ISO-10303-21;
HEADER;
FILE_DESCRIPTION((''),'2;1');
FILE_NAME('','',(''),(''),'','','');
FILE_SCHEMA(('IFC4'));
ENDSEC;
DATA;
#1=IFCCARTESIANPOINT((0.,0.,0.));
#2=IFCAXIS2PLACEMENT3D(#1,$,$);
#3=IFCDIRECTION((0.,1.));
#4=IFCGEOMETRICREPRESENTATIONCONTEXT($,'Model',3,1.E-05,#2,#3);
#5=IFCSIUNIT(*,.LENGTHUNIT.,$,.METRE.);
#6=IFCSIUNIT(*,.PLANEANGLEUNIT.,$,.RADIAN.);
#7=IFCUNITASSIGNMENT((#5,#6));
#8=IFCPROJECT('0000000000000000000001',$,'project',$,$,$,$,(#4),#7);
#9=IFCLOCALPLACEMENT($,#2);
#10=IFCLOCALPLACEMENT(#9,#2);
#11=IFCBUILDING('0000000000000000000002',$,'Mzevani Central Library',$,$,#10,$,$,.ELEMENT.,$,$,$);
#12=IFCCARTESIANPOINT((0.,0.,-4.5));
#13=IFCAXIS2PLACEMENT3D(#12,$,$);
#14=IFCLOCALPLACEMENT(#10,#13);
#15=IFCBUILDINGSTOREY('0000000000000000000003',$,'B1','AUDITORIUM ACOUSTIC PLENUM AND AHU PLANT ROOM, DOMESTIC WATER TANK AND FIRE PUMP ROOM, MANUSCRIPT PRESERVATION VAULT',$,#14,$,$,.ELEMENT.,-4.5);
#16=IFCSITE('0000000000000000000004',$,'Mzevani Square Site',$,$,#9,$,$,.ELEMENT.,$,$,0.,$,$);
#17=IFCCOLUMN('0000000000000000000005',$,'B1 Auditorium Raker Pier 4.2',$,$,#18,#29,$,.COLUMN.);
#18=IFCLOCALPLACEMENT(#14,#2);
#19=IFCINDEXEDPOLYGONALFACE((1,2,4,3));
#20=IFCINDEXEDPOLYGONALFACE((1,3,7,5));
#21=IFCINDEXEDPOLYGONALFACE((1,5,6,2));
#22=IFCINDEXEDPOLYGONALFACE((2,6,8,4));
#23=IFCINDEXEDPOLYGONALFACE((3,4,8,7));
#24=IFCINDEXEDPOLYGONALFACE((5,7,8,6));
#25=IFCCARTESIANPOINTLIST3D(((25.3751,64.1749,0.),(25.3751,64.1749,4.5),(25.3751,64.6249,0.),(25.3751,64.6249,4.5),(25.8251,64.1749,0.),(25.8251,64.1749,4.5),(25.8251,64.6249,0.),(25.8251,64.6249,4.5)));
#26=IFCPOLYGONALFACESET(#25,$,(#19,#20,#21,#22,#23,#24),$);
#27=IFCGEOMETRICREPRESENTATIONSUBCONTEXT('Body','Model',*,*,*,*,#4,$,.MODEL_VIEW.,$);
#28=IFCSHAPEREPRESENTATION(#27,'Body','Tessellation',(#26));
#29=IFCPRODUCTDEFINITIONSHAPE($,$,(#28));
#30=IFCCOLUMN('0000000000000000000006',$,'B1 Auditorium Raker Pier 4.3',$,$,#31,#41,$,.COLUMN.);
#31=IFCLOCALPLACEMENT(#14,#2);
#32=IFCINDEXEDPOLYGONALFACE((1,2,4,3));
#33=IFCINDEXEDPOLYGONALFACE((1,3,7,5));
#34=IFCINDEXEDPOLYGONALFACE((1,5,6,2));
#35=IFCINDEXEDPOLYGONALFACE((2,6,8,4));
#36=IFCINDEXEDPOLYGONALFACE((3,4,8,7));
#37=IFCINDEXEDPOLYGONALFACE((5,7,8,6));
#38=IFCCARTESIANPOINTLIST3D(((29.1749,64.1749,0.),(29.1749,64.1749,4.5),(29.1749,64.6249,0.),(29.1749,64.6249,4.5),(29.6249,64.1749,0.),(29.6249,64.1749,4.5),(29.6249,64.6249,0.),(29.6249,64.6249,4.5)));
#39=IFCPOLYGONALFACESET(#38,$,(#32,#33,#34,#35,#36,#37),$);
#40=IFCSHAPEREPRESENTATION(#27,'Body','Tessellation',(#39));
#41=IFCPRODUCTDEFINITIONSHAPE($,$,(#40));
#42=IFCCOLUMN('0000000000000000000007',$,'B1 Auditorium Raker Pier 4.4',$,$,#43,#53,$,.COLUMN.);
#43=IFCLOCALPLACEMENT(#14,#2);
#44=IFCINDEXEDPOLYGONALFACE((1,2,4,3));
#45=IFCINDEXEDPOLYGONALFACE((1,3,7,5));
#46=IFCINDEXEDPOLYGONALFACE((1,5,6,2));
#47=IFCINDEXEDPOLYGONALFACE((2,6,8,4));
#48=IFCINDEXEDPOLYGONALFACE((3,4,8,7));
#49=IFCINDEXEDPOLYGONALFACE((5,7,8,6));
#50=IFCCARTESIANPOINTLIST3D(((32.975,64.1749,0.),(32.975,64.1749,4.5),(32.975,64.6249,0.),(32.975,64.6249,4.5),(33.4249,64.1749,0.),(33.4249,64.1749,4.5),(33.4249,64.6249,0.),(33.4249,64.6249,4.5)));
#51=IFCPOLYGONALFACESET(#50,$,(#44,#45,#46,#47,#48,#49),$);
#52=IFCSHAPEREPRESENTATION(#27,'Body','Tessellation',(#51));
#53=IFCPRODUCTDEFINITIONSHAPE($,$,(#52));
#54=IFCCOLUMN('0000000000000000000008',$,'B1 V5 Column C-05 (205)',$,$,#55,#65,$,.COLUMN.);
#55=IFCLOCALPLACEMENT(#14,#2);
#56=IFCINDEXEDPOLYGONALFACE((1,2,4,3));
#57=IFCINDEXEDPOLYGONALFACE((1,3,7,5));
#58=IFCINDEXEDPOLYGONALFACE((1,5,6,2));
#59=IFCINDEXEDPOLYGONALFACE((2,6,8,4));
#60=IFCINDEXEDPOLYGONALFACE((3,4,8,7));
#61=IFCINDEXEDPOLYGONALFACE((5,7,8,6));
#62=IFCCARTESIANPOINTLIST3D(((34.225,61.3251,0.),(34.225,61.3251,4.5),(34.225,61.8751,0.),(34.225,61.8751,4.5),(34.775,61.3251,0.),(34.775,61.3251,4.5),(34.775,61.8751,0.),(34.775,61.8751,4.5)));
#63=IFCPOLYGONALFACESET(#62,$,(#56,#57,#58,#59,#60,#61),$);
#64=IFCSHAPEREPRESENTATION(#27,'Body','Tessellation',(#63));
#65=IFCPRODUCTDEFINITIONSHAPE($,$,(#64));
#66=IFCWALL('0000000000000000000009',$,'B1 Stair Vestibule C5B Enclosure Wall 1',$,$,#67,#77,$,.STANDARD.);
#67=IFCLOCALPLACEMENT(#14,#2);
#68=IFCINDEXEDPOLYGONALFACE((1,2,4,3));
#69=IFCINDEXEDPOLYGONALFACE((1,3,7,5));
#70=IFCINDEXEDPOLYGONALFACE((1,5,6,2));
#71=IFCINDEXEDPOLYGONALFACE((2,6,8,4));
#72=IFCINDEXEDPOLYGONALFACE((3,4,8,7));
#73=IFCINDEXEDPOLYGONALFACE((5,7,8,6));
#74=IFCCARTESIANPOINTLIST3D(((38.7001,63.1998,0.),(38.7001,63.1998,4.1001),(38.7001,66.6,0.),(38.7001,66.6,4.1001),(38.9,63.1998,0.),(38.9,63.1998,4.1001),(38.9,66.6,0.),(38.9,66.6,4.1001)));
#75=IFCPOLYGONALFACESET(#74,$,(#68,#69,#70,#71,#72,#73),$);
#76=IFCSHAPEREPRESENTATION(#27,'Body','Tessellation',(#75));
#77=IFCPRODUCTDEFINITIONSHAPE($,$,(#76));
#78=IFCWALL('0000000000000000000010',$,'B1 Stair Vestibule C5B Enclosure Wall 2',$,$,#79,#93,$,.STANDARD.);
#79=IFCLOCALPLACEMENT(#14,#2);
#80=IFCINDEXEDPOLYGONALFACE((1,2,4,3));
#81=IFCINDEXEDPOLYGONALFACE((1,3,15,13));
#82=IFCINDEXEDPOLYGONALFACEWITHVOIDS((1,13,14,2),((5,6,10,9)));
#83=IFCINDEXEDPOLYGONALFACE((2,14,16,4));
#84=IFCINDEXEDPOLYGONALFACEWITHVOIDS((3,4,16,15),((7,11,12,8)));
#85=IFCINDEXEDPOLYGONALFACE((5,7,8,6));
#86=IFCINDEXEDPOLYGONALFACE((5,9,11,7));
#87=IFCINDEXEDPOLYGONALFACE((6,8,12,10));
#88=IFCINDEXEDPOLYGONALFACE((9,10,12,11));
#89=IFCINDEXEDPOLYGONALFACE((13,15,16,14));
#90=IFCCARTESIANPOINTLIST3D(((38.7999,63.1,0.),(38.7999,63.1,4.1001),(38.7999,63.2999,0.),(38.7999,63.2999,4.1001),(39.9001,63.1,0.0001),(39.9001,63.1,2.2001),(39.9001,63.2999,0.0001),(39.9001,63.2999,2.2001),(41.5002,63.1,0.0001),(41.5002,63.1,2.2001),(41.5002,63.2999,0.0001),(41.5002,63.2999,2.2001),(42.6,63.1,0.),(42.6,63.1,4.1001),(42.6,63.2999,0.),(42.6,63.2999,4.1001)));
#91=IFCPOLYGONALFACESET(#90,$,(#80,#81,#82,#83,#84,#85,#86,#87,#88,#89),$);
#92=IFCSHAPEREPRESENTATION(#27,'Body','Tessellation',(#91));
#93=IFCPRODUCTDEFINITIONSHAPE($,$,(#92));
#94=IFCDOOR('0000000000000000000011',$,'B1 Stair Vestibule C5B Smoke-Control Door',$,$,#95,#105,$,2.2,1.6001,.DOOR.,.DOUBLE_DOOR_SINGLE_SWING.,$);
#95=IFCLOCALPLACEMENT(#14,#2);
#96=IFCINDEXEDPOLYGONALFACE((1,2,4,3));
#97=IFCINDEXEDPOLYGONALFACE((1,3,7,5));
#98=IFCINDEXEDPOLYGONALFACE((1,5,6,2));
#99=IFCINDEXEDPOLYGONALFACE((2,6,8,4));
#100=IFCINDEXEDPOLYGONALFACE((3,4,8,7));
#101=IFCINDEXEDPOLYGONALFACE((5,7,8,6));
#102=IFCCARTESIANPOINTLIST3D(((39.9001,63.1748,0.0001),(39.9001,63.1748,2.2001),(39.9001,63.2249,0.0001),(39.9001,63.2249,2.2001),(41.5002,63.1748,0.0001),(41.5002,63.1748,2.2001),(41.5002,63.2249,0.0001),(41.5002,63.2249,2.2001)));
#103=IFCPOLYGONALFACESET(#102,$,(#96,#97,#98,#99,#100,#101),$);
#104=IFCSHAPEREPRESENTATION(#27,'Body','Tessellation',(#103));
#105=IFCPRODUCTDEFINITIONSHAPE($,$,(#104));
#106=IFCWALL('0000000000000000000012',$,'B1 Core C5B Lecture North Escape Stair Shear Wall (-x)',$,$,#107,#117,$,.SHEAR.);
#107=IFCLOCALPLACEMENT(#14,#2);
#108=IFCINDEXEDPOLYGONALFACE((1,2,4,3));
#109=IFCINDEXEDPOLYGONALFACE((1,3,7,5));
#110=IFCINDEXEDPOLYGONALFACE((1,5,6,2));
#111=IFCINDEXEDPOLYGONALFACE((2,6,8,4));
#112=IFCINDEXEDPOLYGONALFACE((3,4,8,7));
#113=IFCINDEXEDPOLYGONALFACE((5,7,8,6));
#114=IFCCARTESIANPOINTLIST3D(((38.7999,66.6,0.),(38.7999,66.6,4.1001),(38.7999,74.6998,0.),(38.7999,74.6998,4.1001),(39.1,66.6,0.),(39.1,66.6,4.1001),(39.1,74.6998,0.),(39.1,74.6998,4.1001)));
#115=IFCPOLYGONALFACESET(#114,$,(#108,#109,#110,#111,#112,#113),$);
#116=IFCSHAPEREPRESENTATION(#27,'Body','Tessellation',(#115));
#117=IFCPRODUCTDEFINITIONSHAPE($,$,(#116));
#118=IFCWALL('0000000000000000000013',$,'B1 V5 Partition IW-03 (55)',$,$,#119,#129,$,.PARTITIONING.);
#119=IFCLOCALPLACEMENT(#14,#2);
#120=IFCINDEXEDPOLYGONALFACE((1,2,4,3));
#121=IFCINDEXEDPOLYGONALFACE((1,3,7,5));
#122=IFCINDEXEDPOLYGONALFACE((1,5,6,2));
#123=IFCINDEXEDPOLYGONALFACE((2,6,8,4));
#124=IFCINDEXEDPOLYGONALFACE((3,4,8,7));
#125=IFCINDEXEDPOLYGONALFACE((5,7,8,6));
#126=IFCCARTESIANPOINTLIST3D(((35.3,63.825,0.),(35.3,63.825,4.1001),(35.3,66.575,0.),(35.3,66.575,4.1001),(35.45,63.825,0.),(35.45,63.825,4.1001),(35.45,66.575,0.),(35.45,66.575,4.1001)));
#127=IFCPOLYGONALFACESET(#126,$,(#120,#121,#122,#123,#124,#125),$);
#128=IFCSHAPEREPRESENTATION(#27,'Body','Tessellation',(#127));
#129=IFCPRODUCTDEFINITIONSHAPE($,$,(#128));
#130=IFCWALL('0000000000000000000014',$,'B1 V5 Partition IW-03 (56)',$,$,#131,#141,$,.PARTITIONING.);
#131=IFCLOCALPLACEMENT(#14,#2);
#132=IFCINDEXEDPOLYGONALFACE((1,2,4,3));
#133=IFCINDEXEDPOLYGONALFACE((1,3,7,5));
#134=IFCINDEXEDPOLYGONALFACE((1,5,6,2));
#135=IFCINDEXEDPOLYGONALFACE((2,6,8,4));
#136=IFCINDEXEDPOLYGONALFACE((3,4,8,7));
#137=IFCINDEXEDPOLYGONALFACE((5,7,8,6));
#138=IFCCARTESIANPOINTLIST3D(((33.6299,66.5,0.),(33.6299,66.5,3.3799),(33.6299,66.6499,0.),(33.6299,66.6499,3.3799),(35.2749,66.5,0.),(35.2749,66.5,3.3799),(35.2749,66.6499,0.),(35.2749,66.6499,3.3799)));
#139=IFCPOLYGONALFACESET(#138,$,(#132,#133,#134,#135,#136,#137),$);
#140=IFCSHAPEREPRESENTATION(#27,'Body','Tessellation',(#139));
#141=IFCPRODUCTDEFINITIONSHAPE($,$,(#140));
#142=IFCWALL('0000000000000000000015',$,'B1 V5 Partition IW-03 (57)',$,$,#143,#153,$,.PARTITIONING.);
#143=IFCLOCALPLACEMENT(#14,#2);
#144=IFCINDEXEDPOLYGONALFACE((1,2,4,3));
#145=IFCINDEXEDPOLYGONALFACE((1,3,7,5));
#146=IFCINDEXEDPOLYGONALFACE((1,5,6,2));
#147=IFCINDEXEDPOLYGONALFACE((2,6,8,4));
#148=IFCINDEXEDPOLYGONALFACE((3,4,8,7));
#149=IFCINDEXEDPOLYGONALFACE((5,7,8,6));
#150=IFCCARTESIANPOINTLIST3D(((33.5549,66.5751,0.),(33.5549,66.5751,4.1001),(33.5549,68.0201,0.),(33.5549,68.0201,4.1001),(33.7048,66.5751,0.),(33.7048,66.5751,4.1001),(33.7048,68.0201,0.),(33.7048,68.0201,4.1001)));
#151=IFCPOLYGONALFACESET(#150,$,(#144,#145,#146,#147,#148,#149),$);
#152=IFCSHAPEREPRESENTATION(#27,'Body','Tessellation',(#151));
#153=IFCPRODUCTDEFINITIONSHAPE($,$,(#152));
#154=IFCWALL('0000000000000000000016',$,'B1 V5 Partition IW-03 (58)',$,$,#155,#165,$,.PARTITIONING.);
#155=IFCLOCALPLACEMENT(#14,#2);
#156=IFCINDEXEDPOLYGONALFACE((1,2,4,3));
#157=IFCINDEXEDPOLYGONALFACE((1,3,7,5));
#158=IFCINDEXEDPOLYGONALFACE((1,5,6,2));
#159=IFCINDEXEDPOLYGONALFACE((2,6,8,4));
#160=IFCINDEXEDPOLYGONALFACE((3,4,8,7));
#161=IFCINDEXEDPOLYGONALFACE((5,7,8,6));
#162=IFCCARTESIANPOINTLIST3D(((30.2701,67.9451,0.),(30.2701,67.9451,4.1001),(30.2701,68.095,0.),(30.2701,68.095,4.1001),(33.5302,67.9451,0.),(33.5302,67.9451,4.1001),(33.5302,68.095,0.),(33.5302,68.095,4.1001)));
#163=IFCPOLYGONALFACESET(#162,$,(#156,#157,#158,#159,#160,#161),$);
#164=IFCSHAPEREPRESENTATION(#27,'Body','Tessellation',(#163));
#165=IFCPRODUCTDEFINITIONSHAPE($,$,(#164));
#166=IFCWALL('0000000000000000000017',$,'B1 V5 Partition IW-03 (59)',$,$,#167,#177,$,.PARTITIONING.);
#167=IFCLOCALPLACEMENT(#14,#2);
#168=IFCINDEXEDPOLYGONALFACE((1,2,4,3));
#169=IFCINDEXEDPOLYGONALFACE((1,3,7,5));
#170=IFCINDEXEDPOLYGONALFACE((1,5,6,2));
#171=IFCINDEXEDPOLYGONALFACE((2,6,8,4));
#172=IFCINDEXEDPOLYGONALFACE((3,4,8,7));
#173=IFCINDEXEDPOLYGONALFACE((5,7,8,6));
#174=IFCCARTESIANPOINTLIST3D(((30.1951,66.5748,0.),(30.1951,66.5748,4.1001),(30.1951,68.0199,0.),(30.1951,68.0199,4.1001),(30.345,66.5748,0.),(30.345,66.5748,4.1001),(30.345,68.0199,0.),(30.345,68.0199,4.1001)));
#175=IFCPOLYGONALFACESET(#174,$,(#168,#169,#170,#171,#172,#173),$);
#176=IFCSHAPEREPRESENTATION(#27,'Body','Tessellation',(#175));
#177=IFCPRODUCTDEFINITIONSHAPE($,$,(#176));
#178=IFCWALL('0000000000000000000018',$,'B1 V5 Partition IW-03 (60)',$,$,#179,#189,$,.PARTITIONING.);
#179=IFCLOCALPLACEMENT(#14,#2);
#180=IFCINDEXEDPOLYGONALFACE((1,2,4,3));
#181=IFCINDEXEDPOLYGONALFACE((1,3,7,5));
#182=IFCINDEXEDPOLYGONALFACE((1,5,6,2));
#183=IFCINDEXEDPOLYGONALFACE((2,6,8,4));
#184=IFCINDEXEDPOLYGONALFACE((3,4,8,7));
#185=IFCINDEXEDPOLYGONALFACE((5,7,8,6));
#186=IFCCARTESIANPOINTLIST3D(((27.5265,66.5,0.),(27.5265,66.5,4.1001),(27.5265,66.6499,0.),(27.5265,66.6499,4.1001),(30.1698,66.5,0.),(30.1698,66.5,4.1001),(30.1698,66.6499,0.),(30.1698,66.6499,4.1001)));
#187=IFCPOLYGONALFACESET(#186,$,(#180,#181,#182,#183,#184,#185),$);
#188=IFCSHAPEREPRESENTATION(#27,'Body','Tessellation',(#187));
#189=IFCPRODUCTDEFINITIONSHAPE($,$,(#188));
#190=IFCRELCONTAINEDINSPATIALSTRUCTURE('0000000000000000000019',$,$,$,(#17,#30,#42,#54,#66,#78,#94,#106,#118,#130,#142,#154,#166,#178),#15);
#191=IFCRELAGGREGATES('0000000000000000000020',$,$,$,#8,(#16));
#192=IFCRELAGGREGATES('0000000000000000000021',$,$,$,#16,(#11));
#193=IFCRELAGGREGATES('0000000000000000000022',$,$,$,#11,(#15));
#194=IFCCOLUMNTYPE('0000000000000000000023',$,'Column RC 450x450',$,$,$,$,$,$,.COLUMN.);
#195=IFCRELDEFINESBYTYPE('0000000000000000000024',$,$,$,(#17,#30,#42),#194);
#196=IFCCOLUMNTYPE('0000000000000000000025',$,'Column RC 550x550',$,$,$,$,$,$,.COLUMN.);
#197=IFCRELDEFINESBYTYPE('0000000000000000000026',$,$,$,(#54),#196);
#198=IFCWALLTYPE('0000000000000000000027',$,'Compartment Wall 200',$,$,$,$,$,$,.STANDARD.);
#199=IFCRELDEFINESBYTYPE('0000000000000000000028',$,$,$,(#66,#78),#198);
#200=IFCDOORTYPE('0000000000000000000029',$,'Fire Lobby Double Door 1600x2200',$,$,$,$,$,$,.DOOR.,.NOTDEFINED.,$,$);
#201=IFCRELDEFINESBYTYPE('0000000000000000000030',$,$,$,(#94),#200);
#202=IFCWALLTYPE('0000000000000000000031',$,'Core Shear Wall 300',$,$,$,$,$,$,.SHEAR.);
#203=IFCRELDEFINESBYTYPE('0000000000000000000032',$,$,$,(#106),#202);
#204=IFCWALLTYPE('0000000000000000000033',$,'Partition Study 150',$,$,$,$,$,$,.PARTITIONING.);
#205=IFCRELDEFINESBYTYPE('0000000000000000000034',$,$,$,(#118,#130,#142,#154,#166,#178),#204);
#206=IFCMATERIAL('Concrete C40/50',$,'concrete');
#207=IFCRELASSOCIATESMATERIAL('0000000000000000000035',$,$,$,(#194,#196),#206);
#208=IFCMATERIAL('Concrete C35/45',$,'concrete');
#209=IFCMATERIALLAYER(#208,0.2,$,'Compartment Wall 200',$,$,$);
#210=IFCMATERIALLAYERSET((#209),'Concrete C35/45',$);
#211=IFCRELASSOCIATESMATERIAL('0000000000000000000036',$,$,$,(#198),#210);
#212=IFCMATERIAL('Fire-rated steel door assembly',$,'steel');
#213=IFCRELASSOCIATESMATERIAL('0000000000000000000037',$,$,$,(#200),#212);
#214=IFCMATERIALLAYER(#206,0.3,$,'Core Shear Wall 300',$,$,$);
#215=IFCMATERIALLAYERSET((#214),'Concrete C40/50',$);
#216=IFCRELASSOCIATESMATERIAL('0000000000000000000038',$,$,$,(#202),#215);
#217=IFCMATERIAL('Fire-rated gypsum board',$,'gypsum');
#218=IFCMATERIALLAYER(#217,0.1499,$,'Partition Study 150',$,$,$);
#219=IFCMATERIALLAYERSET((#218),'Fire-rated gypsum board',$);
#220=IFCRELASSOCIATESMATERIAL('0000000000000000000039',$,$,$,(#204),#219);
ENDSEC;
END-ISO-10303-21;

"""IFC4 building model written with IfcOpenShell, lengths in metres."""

from ifc_helpers import new_model, si_unit, direction, frame, frame_2d, origin, origin_2d, place, context, subcontext, project, spatial, rectangle, extrude, material, layer, layer_set, material_profile, profile_set, type_object, element, fill, save


model = new_model("IFC4")

# Units and contexts
model_context = context("Model", 3, precision=1e-05, world=origin(), true_north=direction((0.0, 1.0)))
body_context = subcontext(model_context, "Body", "Model", "MODEL_VIEW")
ifc_project = project(units=[si_unit("LENGTHUNIT", "METRE"), si_unit("PLANEANGLEUNIT", "RADIAN")], contexts=[model_context])

# Site, building, storey
site_placement = place(None, origin())
site = spatial("IfcSite", under=ifc_project, at=site_placement, Name="Mzevani Square Site", CompositionType="ELEMENT", RefElevation=0.0)
building_placement = place(site_placement, origin())
building = spatial("IfcBuilding", under=site, at=building_placement, Name="Mzevani Central Library", CompositionType="ELEMENT")
storey_placement = place(building_placement, frame((0.0, 0.0, -4.5)))
storey = spatial("IfcBuildingStorey", under=building, at=storey_placement, Name="B1", Description="AUDITORIUM ACOUSTIC PLENUM AND AHU PLANT ROOM, DOMESTIC WATER TANK AND FIRE PUMP ROOM, MANUSCRIPT PRESERVATION VAULT", CompositionType="ELEMENT", Elevation=-4.5)

# Shared definitions
ifc_material_1 = material(Name="Concrete C40/50", Category="concrete")

# Columns
ifc_material_profile_1 = material_profile(ifc_material_1, rectangle(XDim=0.45, YDim=0.45, at=origin_2d()), Name="RC 450x450")
ifc_profile_set_1 = profile_set([ifc_material_profile_1], Name="Concrete C40/50")
column_type_1 = type_object("IfcColumnType", Name="Column RC 450x450", PredefinedType="COLUMN", material=ifc_profile_set_1)
for number, where, z_axis, x_axis, name in (
    (1, (25.6001, 64.3999, 0.0), (0.0, 0.0, 1.0), (1.0, 0.0, 0.0), "B1 Auditorium Raker Pier 4.2"),
    (2, (29.3999, 64.3999, 0.0), (0.0, 0.0, 1.0), (1.0, 0.0, 0.0), "B1 Auditorium Raker Pier 4.3"),
    (3, (33.2, 64.3999, 0.0), (0.0, 0.0, 1.0), (1.0, 0.0, 0.0), "B1 Auditorium Raker Pier 4.4"),
):
    element("IfcColumn", number, at=place(storey_placement, frame(where, z_axis=z_axis, x_axis=x_axis)), inside=storey, type_object=column_type_1, Name=name, PredefinedType="COLUMN", context=body_context, shape_type="SweptSolid", body=[
        extrude(rectangle(XDim=0.45, YDim=0.45, at=origin_2d()), origin(), (0.0, 0.0, 1.0), 4.5),
    ])
ifc_material_profile_2 = material_profile(ifc_material_1, rectangle(XDim=0.55, YDim=0.55, at=origin_2d()), Name="RC 550x550")
ifc_profile_set_2 = profile_set([ifc_material_profile_2], Name="Concrete C40/50")
column_type_2 = type_object("IfcColumnType", Name="Column RC 550x550", PredefinedType="COLUMN", material=ifc_profile_set_2)
column_placement = place(storey_placement, frame((34.5, 61.6001, 0.0), z_axis=(0.0, 0.0, 1.0), x_axis=(1.0, 0.0, 0.0)))
element("IfcColumn", 4, at=column_placement, inside=storey, type_object=column_type_2, Name="B1 V5 Column C-05 (205)", PredefinedType="COLUMN", context=body_context, shape_type="SweptSolid", body=[
    extrude(rectangle(XDim=0.55, YDim=0.55, at=origin_2d()), origin(), (0.0, 0.0, 1.0), 4.5),
])

# Wall
ifc_material_2 = material(Name="Concrete C35/45", Category="concrete")
ifc_layer_1 = layer(ifc_material_2, 0.2, Name="Compartment Wall 200")
ifc_layer_set_1 = layer_set([ifc_layer_1], Name="Concrete C35/45")
wall_type_1 = type_object("IfcWallType", Name="Compartment Wall 200", PredefinedType="STANDARD", material=ifc_layer_set_1)
wall_1_placement = place(storey_placement, frame((38.8, 66.6001, 0.0), z_axis=(0.0, 0.0, 1.0), x_axis=(0.0, -1.0, 0.0)))
element("IfcWall", 5, at=wall_1_placement, inside=storey, type_object=wall_type_1, Name="B1 Stair Vestibule C5B Enclosure Wall 1", PredefinedType="STANDARD", context=body_context, shape_type="SweptSolid", body=[
    extrude(rectangle(XDim=3.4001, YDim=0.2, at=frame_2d((1.7002, 0.0))), origin(), (0.0, 0.0, 1.0), 4.1001),
])

# Wall, opening, door
wall_2_placement = place(storey_placement, frame((38.8, 63.2, 0.0), z_axis=(0.0, 0.0, 1.0), x_axis=(1.0, 0.0, 0.0)))
wall_2 = element("IfcWall", 6, at=wall_2_placement, inside=storey, type_object=wall_type_1, Name="B1 Stair Vestibule C5B Enclosure Wall 2", PredefinedType="STANDARD", context=body_context, shape_type="SweptSolid", body=[
    extrude(rectangle(XDim=3.8, YDim=0.2, at=frame_2d((1.8999, 0.0))), origin(), (0.0, 0.0, 1.0), 4.1001),
])
opening_1_placement = place(wall_2_placement, frame((1.1001, 0.0, 0.0)))
opening_1 = element("IfcOpeningElement", 7, at=opening_1_placement, cuts=wall_2, PredefinedType="OPENING", context=body_context, shape_type="SweptSolid", body=[
    extrude(rectangle(XDim=1.6001, YDim=2.2, at=frame_2d((0.8, 1.1001))), frame((0.0, 0.1099, 0.0), z_axis=(0.0, -1.0, 0.0), x_axis=(1.0, 0.0, 0.0)), (0.0, 0.0, 1.0), 0.22),
])
ifc_material_3 = material(Name="Fire-rated steel door assembly", Category="steel")
door_type_1 = type_object("IfcDoorType", Name="Fire Lobby Double Door 1600x2200", OperationType="NOTDEFINED", PredefinedType="DOOR", material=ifc_material_3)
door_1_placement = place(opening_1_placement, origin())
door_1 = element("IfcDoor", 8, at=door_1_placement, inside=storey, type_object=door_type_1, Name="B1 Stair Vestibule C5B Smoke-Control Door", OperationType="DOUBLE_DOOR_SINGLE_SWING", OverallHeight=2.2, OverallWidth=1.6001, PredefinedType="DOOR", context=body_context, shape_type="SweptSolid", body=[
    extrude(rectangle(XDim=1.6001, YDim=2.2, at=frame_2d((0.8, 1.1001))), frame((0.0, 0.0249, 0.0), z_axis=(0.0, -1.0, 0.0), x_axis=(1.0, 0.0, 0.0)), (0.0, 0.0, 1.0), 0.05),
])
fill(opening_1, door_1)

# Walls
ifc_layer_2 = layer(ifc_material_1, 0.3, Name="Core Shear Wall 300")
ifc_layer_set_2 = layer_set([ifc_layer_2], Name="Concrete C40/50")
wall_type_2 = type_object("IfcWallType", Name="Core Shear Wall 300", PredefinedType="SHEAR", material=ifc_layer_set_2)
wall_3_placement = place(storey_placement, frame((38.95, 66.6001, 0.0), z_axis=(0.0, 0.0, 1.0), x_axis=(0.0, 1.0, 0.0)))
element("IfcWall", 9, at=wall_3_placement, inside=storey, type_object=wall_type_2, Name="B1 Core C5B Lecture North Escape Stair Shear Wall (-x)", PredefinedType="SHEAR", context=body_context, shape_type="SweptSolid", body=[
    extrude(rectangle(XDim=8.0999, YDim=0.3, at=frame_2d((4.0498, 0.0))), origin(), (0.0, 0.0, 1.0), 4.1001),
])
ifc_material_4 = material(Name="Fire-rated gypsum board", Category="gypsum")
ifc_layer_3 = layer(ifc_material_4, 0.1499, Name="Partition Study 150")
ifc_layer_set_3 = layer_set([ifc_layer_3], Name="Fire-rated gypsum board")
wall_type_3 = type_object("IfcWallType", Name="Partition Study 150", PredefinedType="PARTITIONING", material=ifc_layer_set_3)
wall_4_placement = place(storey_placement, frame((35.375, 63.825, 0.0), z_axis=(0.0, 0.0, 1.0), x_axis=(0.0, 1.0, 0.0)))
element("IfcWall", 10, at=wall_4_placement, inside=storey, type_object=wall_type_3, Name="B1 V5 Partition IW-03 (55)", PredefinedType="PARTITIONING", context=body_context, shape_type="SweptSolid", body=[
    extrude(rectangle(XDim=2.75, YDim=0.1499, at=frame_2d((1.375, 0.0))), origin(), (0.0, 0.0, 1.0), 4.1001),
])
wall_5_placement = place(storey_placement, frame((35.2749, 66.575, 0.0), z_axis=(0.0, 0.0, 1.0), x_axis=(-1.0, 0.0, 0.0)))
element("IfcWall", 11, at=wall_5_placement, inside=storey, type_object=wall_type_3, Name="B1 V5 Partition IW-03 (56)", PredefinedType="PARTITIONING", context=body_context, shape_type="SweptSolid", body=[
    extrude(rectangle(XDim=1.645, YDim=0.1499, at=frame_2d((0.8225, 0.0))), origin(), (0.0, 0.0, 1.0), 3.3799),
])
wall_6_placement = place(storey_placement, frame((33.6299, 66.575, 0.0), z_axis=(0.0, 0.0, 1.0), x_axis=(0.0, 1.0, 0.0)))
element("IfcWall", 12, at=wall_6_placement, inside=storey, type_object=wall_type_3, Name="B1 V5 Partition IW-03 (57)", PredefinedType="PARTITIONING", context=body_context, shape_type="SweptSolid", body=[
    extrude(rectangle(XDim=1.4451, YDim=0.1499, at=frame_2d((0.7227, 0.0))), origin(), (0.0, 0.0, 1.0), 4.1001),
])
wall_7_placement = place(storey_placement, frame((33.53, 68.02, 0.0), z_axis=(0.0, 0.0, 1.0), x_axis=(-1.0, 0.0, 0.0)))
element("IfcWall", 13, at=wall_7_placement, inside=storey, type_object=wall_type_3, Name="B1 V5 Partition IW-03 (58)", PredefinedType="PARTITIONING", context=body_context, shape_type="SweptSolid", body=[
    extrude(rectangle(XDim=3.26, YDim=0.1499, at=frame_2d((1.6299, 0.0))), origin(), (0.0, 0.0, 1.0), 4.1001),
])
wall_8_placement = place(storey_placement, frame((30.27, 68.02, 0.0), z_axis=(0.0, 0.0, 1.0), x_axis=(0.0, -1.0, 0.0)))
element("IfcWall", 14, at=wall_8_placement, inside=storey, type_object=wall_type_3, Name="B1 V5 Partition IW-03 (59)", PredefinedType="PARTITIONING", context=body_context, shape_type="SweptSolid", body=[
    extrude(rectangle(XDim=1.4451, YDim=0.1499, at=frame_2d((0.7227, 0.0))), origin(), (0.0, 0.0, 1.0), 4.1001),
])
wall_9_placement = place(storey_placement, frame((30.1699, 66.575, 0.0), z_axis=(0.0, 0.0, 1.0), x_axis=(-1.0, 0.0, 0.0)))
element("IfcWall", 15, at=wall_9_placement, inside=storey, type_object=wall_type_3, Name="B1 V5 Partition IW-03 (60)", PredefinedType="PARTITIONING", context=body_context, shape_type="SweptSolid", body=[
    extrude(rectangle(XDim=2.6433, YDim=0.1499, at=frame_2d((1.3218, 0.0))), origin(), (0.0, 0.0, 1.0), 4.1001),
])

save(model, "model.ifc")
